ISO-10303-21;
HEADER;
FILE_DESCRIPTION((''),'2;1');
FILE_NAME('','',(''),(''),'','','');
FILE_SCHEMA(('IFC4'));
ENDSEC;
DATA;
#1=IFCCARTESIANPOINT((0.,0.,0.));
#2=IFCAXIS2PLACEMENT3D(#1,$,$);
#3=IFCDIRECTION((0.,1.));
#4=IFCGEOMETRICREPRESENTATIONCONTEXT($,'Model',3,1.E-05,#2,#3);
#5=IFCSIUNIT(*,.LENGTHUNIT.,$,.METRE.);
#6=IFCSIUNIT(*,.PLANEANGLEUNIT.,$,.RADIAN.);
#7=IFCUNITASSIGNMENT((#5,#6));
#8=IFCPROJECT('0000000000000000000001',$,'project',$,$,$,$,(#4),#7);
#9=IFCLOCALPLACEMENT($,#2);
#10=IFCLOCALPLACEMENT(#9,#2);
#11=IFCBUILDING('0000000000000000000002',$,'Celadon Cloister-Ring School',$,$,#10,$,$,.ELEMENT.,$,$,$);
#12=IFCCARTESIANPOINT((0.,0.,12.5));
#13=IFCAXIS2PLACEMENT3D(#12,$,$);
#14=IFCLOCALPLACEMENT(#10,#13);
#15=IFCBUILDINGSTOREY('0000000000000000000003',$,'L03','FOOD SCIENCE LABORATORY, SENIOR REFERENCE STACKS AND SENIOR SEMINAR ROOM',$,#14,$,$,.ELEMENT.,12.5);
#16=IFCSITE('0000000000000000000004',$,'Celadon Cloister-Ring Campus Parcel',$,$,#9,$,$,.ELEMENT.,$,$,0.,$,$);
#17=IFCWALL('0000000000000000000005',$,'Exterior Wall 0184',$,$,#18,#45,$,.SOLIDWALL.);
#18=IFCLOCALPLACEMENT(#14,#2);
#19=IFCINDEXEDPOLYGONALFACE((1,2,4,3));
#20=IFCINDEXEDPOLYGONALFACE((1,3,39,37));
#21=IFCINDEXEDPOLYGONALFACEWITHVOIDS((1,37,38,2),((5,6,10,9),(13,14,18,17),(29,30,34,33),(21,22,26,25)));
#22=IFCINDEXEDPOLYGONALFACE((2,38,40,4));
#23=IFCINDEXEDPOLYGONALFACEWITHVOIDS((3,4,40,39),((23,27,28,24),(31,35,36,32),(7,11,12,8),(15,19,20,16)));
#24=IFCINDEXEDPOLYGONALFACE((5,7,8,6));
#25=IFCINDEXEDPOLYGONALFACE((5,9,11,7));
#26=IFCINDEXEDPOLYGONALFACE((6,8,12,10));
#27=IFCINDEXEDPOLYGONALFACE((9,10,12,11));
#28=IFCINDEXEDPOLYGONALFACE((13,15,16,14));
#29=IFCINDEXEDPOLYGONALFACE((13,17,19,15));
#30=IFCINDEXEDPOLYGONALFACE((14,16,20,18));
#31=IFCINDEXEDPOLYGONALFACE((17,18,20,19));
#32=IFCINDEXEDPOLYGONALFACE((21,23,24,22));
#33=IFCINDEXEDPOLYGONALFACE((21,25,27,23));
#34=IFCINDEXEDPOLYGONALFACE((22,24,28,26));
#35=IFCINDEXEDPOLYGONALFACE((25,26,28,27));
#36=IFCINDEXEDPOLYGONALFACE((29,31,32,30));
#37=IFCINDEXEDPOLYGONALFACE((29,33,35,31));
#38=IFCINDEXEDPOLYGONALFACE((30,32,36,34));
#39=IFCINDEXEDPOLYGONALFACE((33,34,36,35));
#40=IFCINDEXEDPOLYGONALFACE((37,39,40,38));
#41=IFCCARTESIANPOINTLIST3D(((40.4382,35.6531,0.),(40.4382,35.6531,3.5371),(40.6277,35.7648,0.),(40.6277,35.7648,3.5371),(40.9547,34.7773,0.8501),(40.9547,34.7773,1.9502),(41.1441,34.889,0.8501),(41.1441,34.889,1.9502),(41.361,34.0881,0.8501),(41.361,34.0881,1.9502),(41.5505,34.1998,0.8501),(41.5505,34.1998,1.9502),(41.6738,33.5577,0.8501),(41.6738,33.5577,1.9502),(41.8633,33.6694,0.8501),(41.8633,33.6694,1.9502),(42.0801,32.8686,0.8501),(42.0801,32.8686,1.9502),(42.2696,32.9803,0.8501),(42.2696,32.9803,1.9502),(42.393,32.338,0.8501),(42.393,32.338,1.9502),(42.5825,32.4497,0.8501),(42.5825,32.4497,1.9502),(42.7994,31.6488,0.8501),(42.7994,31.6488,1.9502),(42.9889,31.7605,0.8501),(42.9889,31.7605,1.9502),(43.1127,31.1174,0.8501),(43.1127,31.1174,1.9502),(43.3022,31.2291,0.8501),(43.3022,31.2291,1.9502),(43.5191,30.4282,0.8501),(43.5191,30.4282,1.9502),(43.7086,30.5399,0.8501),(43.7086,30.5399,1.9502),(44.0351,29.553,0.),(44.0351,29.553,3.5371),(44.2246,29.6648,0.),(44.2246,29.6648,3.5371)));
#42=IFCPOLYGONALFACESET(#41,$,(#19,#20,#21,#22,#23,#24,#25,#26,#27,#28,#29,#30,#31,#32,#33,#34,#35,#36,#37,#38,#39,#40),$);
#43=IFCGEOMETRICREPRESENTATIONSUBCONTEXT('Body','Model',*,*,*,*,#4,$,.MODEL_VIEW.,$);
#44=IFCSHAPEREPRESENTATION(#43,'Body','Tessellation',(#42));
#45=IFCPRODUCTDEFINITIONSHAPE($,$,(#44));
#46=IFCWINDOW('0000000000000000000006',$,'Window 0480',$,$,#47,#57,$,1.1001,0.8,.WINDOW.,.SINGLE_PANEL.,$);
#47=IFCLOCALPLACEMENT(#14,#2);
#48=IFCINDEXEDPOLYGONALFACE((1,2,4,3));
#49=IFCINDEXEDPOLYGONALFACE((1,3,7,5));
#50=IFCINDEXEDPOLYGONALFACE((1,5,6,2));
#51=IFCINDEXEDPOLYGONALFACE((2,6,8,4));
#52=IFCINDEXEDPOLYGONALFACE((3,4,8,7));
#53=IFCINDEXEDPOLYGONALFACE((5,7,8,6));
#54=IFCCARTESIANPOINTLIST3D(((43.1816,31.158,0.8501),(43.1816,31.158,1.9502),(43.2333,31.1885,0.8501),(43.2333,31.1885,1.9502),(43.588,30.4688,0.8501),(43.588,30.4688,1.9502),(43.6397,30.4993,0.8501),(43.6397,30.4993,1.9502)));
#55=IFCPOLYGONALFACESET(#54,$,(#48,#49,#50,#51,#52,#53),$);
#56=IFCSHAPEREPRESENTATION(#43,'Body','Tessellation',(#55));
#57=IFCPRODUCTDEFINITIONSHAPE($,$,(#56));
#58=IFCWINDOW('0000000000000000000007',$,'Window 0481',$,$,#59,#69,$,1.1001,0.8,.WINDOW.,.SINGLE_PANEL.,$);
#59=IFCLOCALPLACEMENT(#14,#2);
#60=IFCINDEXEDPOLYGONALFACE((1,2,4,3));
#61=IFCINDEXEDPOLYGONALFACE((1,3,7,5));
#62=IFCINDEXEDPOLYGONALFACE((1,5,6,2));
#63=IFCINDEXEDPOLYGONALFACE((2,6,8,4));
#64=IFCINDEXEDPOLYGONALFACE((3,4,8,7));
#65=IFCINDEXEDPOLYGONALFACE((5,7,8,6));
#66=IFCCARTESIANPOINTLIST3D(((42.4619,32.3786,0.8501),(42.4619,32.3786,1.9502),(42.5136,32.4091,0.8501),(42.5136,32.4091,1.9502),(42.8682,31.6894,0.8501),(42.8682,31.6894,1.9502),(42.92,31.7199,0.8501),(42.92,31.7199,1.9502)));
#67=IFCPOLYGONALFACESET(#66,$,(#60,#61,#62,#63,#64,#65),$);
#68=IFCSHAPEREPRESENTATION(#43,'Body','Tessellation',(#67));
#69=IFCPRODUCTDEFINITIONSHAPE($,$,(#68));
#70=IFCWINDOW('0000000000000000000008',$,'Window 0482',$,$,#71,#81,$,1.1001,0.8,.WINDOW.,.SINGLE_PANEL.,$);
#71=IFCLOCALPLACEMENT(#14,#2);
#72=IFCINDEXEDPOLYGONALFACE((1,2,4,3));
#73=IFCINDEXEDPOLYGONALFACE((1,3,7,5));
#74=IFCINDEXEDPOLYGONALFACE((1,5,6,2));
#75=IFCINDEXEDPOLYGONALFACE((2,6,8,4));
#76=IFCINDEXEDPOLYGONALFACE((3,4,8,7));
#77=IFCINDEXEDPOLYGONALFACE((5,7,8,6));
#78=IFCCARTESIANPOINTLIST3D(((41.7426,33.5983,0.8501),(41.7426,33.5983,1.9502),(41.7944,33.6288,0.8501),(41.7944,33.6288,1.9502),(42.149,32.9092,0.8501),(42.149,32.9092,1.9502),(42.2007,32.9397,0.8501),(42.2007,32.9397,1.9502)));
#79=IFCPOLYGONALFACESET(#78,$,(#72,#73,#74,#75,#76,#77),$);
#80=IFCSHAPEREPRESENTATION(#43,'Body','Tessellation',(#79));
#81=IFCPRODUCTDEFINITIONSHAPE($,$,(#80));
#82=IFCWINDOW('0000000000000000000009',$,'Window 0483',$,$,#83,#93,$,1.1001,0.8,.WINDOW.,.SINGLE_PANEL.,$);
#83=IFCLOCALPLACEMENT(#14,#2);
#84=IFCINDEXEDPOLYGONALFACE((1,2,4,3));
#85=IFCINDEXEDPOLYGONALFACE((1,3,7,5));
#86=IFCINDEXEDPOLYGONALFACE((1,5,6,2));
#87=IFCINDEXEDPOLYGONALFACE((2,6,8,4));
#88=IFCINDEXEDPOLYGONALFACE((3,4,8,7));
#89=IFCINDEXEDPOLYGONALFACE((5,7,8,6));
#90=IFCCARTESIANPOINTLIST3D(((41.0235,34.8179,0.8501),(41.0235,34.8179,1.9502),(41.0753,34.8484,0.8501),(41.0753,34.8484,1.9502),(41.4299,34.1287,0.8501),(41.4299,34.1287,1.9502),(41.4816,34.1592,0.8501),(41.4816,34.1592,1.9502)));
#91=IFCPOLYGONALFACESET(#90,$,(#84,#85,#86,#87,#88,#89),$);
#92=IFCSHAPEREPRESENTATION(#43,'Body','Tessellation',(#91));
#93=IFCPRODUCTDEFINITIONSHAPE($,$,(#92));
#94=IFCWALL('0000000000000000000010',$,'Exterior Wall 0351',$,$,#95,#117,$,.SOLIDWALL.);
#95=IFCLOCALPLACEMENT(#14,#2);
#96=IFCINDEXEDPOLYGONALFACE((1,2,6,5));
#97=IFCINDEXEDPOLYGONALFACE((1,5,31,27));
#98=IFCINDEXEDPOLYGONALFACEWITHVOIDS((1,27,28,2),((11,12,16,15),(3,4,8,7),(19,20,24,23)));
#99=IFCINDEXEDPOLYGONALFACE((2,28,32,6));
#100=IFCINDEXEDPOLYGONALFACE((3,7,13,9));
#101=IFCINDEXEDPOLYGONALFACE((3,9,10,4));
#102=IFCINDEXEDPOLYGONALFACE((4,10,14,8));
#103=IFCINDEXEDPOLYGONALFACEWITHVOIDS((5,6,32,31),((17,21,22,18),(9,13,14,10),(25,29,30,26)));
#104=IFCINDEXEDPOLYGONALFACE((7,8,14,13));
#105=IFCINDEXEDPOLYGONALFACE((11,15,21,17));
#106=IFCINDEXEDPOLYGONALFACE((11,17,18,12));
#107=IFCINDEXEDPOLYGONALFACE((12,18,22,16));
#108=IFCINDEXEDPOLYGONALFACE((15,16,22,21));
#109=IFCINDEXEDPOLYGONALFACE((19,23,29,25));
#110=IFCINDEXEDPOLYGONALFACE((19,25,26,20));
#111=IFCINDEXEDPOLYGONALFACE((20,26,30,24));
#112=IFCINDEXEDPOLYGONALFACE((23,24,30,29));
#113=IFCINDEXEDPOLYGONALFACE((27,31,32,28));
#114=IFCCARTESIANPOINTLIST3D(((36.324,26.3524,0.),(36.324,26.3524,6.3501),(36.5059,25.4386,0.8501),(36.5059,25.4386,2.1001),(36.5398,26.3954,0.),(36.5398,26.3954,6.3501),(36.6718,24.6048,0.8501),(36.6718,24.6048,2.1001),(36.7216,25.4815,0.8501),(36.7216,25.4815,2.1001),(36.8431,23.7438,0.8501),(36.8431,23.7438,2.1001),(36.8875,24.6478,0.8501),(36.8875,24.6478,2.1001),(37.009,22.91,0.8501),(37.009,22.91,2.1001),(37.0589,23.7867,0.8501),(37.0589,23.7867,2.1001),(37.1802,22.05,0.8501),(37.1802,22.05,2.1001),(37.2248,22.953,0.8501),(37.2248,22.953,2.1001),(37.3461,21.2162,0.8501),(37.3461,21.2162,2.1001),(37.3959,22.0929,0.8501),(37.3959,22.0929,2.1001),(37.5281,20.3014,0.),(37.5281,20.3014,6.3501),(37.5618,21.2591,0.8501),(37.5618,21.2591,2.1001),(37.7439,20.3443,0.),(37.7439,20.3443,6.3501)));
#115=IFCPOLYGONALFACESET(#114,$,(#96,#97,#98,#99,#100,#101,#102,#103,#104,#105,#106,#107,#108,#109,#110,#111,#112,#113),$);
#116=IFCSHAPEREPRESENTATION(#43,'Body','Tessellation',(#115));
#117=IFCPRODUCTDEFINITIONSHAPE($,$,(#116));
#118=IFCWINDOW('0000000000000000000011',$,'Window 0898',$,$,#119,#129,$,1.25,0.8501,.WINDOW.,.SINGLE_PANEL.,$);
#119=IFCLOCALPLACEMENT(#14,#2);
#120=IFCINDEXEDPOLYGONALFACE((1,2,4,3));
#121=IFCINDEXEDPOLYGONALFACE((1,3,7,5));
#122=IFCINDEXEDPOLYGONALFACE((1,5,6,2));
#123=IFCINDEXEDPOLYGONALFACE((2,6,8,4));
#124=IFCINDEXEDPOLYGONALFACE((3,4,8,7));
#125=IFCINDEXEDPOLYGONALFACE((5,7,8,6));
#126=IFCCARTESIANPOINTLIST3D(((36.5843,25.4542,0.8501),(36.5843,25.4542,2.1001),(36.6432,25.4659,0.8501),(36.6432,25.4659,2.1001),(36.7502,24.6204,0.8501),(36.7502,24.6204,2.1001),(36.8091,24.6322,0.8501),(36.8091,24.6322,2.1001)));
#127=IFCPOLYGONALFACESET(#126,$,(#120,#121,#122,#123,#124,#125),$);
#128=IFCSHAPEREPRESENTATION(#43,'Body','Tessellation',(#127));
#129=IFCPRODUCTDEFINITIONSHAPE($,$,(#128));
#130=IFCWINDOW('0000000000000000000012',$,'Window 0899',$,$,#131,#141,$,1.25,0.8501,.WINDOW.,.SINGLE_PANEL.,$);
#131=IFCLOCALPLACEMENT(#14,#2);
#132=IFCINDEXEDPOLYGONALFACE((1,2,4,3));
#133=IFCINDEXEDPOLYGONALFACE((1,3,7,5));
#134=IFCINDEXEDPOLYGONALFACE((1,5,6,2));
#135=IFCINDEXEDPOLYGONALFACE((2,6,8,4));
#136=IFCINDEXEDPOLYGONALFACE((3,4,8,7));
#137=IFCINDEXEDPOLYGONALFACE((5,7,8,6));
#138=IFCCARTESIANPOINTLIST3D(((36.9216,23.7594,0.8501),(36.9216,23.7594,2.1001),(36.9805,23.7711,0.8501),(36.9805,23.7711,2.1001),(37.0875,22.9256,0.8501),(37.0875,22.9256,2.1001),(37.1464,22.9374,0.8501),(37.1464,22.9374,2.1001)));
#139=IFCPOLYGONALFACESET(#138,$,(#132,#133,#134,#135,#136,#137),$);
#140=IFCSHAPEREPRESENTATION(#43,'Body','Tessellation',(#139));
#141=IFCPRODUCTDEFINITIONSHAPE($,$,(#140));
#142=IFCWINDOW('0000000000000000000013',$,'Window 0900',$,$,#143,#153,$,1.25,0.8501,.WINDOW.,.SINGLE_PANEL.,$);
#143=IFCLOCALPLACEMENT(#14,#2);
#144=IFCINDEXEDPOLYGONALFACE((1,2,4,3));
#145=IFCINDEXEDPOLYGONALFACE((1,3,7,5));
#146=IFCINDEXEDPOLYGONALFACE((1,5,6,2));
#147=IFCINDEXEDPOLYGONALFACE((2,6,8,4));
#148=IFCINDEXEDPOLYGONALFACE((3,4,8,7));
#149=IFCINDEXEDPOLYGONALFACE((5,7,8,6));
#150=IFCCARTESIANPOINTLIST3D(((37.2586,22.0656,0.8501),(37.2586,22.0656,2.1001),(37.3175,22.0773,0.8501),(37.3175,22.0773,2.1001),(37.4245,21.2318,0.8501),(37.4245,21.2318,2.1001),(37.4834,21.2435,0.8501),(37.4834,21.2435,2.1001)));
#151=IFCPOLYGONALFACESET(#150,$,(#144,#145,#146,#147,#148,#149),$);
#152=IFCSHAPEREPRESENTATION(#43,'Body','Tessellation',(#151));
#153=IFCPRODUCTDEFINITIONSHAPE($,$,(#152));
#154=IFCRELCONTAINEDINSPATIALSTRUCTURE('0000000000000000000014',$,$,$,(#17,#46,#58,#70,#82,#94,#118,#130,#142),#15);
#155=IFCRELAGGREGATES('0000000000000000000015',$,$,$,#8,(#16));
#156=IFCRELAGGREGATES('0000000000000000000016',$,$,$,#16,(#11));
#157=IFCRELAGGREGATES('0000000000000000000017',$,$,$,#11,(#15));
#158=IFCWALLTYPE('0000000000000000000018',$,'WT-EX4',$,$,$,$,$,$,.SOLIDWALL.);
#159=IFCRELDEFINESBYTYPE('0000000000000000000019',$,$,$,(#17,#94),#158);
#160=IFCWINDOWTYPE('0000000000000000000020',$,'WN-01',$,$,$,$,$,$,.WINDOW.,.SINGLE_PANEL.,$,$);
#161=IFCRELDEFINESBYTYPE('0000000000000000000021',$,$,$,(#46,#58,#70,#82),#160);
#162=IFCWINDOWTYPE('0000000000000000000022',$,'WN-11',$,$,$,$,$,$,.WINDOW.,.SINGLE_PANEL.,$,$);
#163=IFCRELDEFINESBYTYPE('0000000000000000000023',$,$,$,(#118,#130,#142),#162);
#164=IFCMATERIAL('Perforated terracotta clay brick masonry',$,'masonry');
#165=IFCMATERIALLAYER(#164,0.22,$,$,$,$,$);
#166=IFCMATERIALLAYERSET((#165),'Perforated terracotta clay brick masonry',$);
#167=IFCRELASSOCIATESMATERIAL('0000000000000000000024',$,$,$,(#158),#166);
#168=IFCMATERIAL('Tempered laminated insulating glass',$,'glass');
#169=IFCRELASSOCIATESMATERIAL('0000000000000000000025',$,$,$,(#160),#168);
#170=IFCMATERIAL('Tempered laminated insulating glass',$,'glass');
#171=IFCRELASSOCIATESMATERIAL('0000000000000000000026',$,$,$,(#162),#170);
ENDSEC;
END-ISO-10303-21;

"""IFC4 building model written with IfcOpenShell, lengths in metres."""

from ifc_helpers import new_model, si_unit, direction, frame, frame_2d, origin, place, context, subcontext, project, spatial, rectangle, extrude, material, layer, layer_set, type_object, element, fill, save


model = new_model("IFC4")

# Units and contexts
model_context = context("Model", 3, precision=1e-05, world=origin(), true_north=direction((0.0, 1.0)))
body_context = subcontext(model_context, "Body", "Model", "MODEL_VIEW")
ifc_project = project(units=[si_unit("LENGTHUNIT", "METRE"), si_unit("PLANEANGLEUNIT", "RADIAN")], contexts=[model_context])

# Site, building, storey
site_placement = place(None, origin())
site = spatial("IfcSite", under=ifc_project, at=site_placement, Name="Celadon Cloister-Ring Campus Parcel", CompositionType="ELEMENT", RefElevation=0.0)
building_placement = place(site_placement, origin())
building = spatial("IfcBuilding", under=site, at=building_placement, Name="Celadon Cloister-Ring School", CompositionType="ELEMENT")
storey_placement = place(building_placement, frame((0.0, 0.0, 12.5)))
storey = spatial("IfcBuildingStorey", under=building, at=storey_placement, Name="L03", Description="FOOD SCIENCE LABORATORY, SENIOR REFERENCE STACKS AND SENIOR SEMINAR ROOM", CompositionType="ELEMENT", Elevation=12.5)

# Walls, openings, windows
ifc_material_1 = material(Name="Perforated terracotta clay brick masonry", Category="masonry")
ifc_layer_1 = layer(ifc_material_1, 0.22)
ifc_layer_set_1 = layer_set([ifc_layer_1], Name="Perforated terracotta clay brick masonry")
wall_type = type_object("IfcWallType", Name="WT-EX4", PredefinedType="SOLIDWALL", material=ifc_layer_set_1)
wall_1_placement = place(storey_placement, frame((44.1299, 29.6089, 0.0), z_axis=(0.0, 0.0, 1.0), x_axis=(-0.507925, 0.861401, 0.0)))
wall_1 = element("IfcWall", 1, at=wall_1_placement, inside=storey, type_object=wall_type, Name="Exterior Wall 0184", PredefinedType="SOLIDWALL", context=body_context, shape_type="SweptSolid", body=[
    extrude(rectangle(XDim=7.0815, YDim=0.22, at=frame_2d((3.5408, 0.0))), origin(), (0.0, 0.0, 1.0), 3.5371),
])
opening_1_placement = place(wall_1_placement, frame((1.0161, 0.0, 0.8501)))
opening_1 = element("IfcOpeningElement", 2, at=opening_1_placement, cuts=wall_1, PredefinedType="OPENING", context=body_context, shape_type="SweptSolid", body=[
    extrude(rectangle(XDim=0.8, YDim=1.1001, at=frame_2d((0.3999, 0.55))), frame((0.0, 0.1201, 0.0), z_axis=(0.0, -1.0, 0.0), x_axis=(1.0, 0.0, 0.0)), (0.0, 0.0, 1.0), 0.24),
])
opening_2_placement = place(wall_1_placement, frame((2.4331, 0.0, 0.8501)))
opening_2 = element("IfcOpeningElement", 3, at=opening_2_placement, cuts=wall_1, PredefinedType="OPENING", context=body_context, shape_type="SweptSolid", body=[
    extrude(rectangle(XDim=0.8, YDim=1.1001, at=frame_2d((0.3999, 0.55))), frame((0.0, 0.1201, 0.0), z_axis=(0.0, -1.0, 0.0), x_axis=(1.0, 0.0, 0.0)), (0.0, 0.0, 1.0), 0.24),
])
opening_3_placement = place(wall_1_placement, frame((3.8491, 0.0, 0.8501)))
opening_3 = element("IfcOpeningElement", 4, at=opening_3_placement, cuts=wall_1, PredefinedType="OPENING", context=body_context, shape_type="SweptSolid", body=[
    extrude(rectangle(XDim=0.8, YDim=1.1001, at=frame_2d((0.3999, 0.55))), frame((0.0, 0.1201, 0.0), z_axis=(0.0, -1.0, 0.0), x_axis=(1.0, 0.0, 0.0)), (0.0, 0.0, 1.0), 0.24),
])
opening_4_placement = place(wall_1_placement, frame((5.2649, 0.0, 0.8501)))
opening_4 = element("IfcOpeningElement", 5, at=opening_4_placement, cuts=wall_1, PredefinedType="OPENING", context=body_context, shape_type="SweptSolid", body=[
    extrude(rectangle(XDim=0.8, YDim=1.1001, at=frame_2d((0.3999, 0.55))), frame((0.0, 0.1201, 0.0), z_axis=(0.0, -1.0, 0.0), x_axis=(1.0, 0.0, 0.0)), (0.0, 0.0, 1.0), 0.24),
])
ifc_material_2 = material(Name="Tempered laminated insulating glass", Category="glass")
window_type_1 = type_object("IfcWindowType", Name="WN-01", PartitioningType="SINGLE_PANEL", PredefinedType="WINDOW", material=ifc_material_2)
window_1_placement = place(opening_1_placement, origin())
window_1 = element("IfcWindow", 6, at=window_1_placement, inside=storey, type_object=window_type_1, Name="Window 0480", OverallHeight=1.1001, OverallWidth=0.8, PartitioningType="SINGLE_PANEL", PredefinedType="WINDOW", context=body_context, shape_type="SweptSolid", body=[
    extrude(rectangle(XDim=0.8, YDim=1.1001, at=frame_2d((0.3999, 0.55))), frame((0.0, 0.03, 0.0), z_axis=(0.0, -1.0, 0.0), x_axis=(1.0, 0.0, 0.0)), (0.0, 0.0, 1.0), 0.0601),
])
fill(opening_1, window_1)
window_2_placement = place(opening_2_placement, origin())
window_2 = element("IfcWindow", 7, at=window_2_placement, inside=storey, type_object=window_type_1, Name="Window 0481", OverallHeight=1.1001, OverallWidth=0.8, PartitioningType="SINGLE_PANEL", PredefinedType="WINDOW", context=body_context, shape_type="SweptSolid", body=[
    extrude(rectangle(XDim=0.8, YDim=1.1001, at=frame_2d((0.3999, 0.55))), frame((0.0, 0.03, 0.0), z_axis=(0.0, -1.0, 0.0), x_axis=(1.0, 0.0, 0.0)), (0.0, 0.0, 1.0), 0.0601),
])
fill(opening_2, window_2)
window_3_placement = place(opening_3_placement, origin())
window_3 = element("IfcWindow", 8, at=window_3_placement, inside=storey, type_object=window_type_1, Name="Window 0482", OverallHeight=1.1001, OverallWidth=0.8, PartitioningType="SINGLE_PANEL", PredefinedType="WINDOW", context=body_context, shape_type="SweptSolid", body=[
    extrude(rectangle(XDim=0.8, YDim=1.1001, at=frame_2d((0.3999, 0.55))), frame((0.0, 0.03, 0.0), z_axis=(0.0, -1.0, 0.0), x_axis=(1.0, 0.0, 0.0)), (0.0, 0.0, 1.0), 0.0601),
])
fill(opening_3, window_3)
window_4_placement = place(opening_4_placement, origin())
window_4 = element("IfcWindow", 9, at=window_4_placement, inside=storey, type_object=window_type_1, Name="Window 0483", OverallHeight=1.1001, OverallWidth=0.8, PartitioningType="SINGLE_PANEL", PredefinedType="WINDOW", context=body_context, shape_type="SweptSolid", body=[
    extrude(rectangle(XDim=0.8, YDim=1.1001, at=frame_2d((0.3999, 0.55))), frame((0.0, 0.03, 0.0), z_axis=(0.0, -1.0, 0.0), x_axis=(1.0, 0.0, 0.0)), (0.0, 0.0, 1.0), 0.0601),
])
fill(opening_4, window_4)
wall_2_placement = place(storey_placement, frame((36.4319, 26.374, 0.0), z_axis=(0.0, 0.0, 1.0), x_axis=(0.195165, -0.98077, 0.0)))
wall_2 = element("IfcWall", 10, at=wall_2_placement, inside=storey, type_object=wall_type, Name="Exterior Wall 0351", PredefinedType="SOLIDWALL", context=body_context, shape_type="SweptSolid", body=[
    extrude(rectangle(XDim=6.1697, YDim=0.22, at=frame_2d((3.085, 0.0))), origin(), (0.0, 0.0, 1.0), 6.3501),
])
opening_5_placement = place(wall_2_placement, frame((0.9319, 0.0, 0.8501)))
opening_5 = element("IfcOpeningElement", 11, at=opening_5_placement, cuts=wall_2, PredefinedType="OPENING", context=body_context, shape_type="SweptSolid", body=[
    extrude(rectangle(XDim=0.8501, YDim=1.25, at=frame_2d((0.425, 0.625))), frame((0.0, 0.1201, 0.0), z_axis=(0.0, -1.0, 0.0), x_axis=(1.0, 0.0, 0.0)), (0.0, 0.0, 1.0), 0.24),
])
opening_6_placement = place(wall_2_placement, frame((2.6599, 0.0, 0.8501)))
opening_6 = element("IfcOpeningElement", 12, at=opening_6_placement, cuts=wall_2, PredefinedType="OPENING", context=body_context, shape_type="SweptSolid", body=[
    extrude(rectangle(XDim=0.8501, YDim=1.25, at=frame_2d((0.425, 0.625))), frame((0.0, 0.1201, 0.0), z_axis=(0.0, -1.0, 0.0), x_axis=(1.0, 0.0, 0.0)), (0.0, 0.0, 1.0), 0.24),
])
opening_7_placement = place(wall_2_placement, frame((4.387, 0.0, 0.8501)))
opening_7 = element("IfcOpeningElement", 13, at=opening_7_placement, cuts=wall_2, PredefinedType="OPENING", context=body_context, shape_type="SweptSolid", body=[
    extrude(rectangle(XDim=0.8501, YDim=1.25, at=frame_2d((0.425, 0.625))), frame((0.0, 0.1201, 0.0), z_axis=(0.0, -1.0, 0.0), x_axis=(1.0, 0.0, 0.0)), (0.0, 0.0, 1.0), 0.24),
])
ifc_material_3 = material(Name="Tempered laminated insulating glass", Category="glass")
window_type_2 = type_object("IfcWindowType", Name="WN-11", PartitioningType="SINGLE_PANEL", PredefinedType="WINDOW", material=ifc_material_3)
window_5_placement = place(opening_5_placement, origin())
window_5 = element("IfcWindow", 14, at=window_5_placement, inside=storey, type_object=window_type_2, Name="Window 0898", OverallHeight=1.25, OverallWidth=0.8501, PartitioningType="SINGLE_PANEL", PredefinedType="WINDOW", context=body_context, shape_type="SweptSolid", body=[
    extrude(rectangle(XDim=0.8501, YDim=1.25, at=frame_2d((0.425, 0.625))), frame((0.0, 0.03, 0.0), z_axis=(0.0, -1.0, 0.0), x_axis=(1.0, 0.0, 0.0)), (0.0, 0.0, 1.0), 0.0601),
])
fill(opening_5, window_5)
window_6_placement = place(opening_6_placement, origin())
window_6 = element("IfcWindow", 15, at=window_6_placement, inside=storey, type_object=window_type_2, Name="Window 0899", OverallHeight=1.25, OverallWidth=0.8501, PartitioningType="SINGLE_PANEL", PredefinedType="WINDOW", context=body_context, shape_type="SweptSolid", body=[
    extrude(rectangle(XDim=0.8501, YDim=1.25, at=frame_2d((0.425, 0.625))), frame((0.0, 0.03, 0.0), z_axis=(0.0, -1.0, 0.0), x_axis=(1.0, 0.0, 0.0)), (0.0, 0.0, 1.0), 0.0601),
])
fill(opening_6, window_6)
window_7_placement = place(opening_7_placement, origin())
window_7 = element("IfcWindow", 16, at=window_7_placement, inside=storey, type_object=window_type_2, Name="Window 0900", OverallHeight=1.25, OverallWidth=0.8501, PartitioningType="SINGLE_PANEL", PredefinedType="WINDOW", context=body_context, shape_type="SweptSolid", body=[
    extrude(rectangle(XDim=0.8501, YDim=1.25, at=frame_2d((0.425, 0.625))), frame((0.0, 0.03, 0.0), z_axis=(0.0, -1.0, 0.0), x_axis=(1.0, 0.0, 0.0)), (0.0, 0.0, 1.0), 0.0601),
])
fill(opening_7, window_7)

save(model, "model.ifc")
